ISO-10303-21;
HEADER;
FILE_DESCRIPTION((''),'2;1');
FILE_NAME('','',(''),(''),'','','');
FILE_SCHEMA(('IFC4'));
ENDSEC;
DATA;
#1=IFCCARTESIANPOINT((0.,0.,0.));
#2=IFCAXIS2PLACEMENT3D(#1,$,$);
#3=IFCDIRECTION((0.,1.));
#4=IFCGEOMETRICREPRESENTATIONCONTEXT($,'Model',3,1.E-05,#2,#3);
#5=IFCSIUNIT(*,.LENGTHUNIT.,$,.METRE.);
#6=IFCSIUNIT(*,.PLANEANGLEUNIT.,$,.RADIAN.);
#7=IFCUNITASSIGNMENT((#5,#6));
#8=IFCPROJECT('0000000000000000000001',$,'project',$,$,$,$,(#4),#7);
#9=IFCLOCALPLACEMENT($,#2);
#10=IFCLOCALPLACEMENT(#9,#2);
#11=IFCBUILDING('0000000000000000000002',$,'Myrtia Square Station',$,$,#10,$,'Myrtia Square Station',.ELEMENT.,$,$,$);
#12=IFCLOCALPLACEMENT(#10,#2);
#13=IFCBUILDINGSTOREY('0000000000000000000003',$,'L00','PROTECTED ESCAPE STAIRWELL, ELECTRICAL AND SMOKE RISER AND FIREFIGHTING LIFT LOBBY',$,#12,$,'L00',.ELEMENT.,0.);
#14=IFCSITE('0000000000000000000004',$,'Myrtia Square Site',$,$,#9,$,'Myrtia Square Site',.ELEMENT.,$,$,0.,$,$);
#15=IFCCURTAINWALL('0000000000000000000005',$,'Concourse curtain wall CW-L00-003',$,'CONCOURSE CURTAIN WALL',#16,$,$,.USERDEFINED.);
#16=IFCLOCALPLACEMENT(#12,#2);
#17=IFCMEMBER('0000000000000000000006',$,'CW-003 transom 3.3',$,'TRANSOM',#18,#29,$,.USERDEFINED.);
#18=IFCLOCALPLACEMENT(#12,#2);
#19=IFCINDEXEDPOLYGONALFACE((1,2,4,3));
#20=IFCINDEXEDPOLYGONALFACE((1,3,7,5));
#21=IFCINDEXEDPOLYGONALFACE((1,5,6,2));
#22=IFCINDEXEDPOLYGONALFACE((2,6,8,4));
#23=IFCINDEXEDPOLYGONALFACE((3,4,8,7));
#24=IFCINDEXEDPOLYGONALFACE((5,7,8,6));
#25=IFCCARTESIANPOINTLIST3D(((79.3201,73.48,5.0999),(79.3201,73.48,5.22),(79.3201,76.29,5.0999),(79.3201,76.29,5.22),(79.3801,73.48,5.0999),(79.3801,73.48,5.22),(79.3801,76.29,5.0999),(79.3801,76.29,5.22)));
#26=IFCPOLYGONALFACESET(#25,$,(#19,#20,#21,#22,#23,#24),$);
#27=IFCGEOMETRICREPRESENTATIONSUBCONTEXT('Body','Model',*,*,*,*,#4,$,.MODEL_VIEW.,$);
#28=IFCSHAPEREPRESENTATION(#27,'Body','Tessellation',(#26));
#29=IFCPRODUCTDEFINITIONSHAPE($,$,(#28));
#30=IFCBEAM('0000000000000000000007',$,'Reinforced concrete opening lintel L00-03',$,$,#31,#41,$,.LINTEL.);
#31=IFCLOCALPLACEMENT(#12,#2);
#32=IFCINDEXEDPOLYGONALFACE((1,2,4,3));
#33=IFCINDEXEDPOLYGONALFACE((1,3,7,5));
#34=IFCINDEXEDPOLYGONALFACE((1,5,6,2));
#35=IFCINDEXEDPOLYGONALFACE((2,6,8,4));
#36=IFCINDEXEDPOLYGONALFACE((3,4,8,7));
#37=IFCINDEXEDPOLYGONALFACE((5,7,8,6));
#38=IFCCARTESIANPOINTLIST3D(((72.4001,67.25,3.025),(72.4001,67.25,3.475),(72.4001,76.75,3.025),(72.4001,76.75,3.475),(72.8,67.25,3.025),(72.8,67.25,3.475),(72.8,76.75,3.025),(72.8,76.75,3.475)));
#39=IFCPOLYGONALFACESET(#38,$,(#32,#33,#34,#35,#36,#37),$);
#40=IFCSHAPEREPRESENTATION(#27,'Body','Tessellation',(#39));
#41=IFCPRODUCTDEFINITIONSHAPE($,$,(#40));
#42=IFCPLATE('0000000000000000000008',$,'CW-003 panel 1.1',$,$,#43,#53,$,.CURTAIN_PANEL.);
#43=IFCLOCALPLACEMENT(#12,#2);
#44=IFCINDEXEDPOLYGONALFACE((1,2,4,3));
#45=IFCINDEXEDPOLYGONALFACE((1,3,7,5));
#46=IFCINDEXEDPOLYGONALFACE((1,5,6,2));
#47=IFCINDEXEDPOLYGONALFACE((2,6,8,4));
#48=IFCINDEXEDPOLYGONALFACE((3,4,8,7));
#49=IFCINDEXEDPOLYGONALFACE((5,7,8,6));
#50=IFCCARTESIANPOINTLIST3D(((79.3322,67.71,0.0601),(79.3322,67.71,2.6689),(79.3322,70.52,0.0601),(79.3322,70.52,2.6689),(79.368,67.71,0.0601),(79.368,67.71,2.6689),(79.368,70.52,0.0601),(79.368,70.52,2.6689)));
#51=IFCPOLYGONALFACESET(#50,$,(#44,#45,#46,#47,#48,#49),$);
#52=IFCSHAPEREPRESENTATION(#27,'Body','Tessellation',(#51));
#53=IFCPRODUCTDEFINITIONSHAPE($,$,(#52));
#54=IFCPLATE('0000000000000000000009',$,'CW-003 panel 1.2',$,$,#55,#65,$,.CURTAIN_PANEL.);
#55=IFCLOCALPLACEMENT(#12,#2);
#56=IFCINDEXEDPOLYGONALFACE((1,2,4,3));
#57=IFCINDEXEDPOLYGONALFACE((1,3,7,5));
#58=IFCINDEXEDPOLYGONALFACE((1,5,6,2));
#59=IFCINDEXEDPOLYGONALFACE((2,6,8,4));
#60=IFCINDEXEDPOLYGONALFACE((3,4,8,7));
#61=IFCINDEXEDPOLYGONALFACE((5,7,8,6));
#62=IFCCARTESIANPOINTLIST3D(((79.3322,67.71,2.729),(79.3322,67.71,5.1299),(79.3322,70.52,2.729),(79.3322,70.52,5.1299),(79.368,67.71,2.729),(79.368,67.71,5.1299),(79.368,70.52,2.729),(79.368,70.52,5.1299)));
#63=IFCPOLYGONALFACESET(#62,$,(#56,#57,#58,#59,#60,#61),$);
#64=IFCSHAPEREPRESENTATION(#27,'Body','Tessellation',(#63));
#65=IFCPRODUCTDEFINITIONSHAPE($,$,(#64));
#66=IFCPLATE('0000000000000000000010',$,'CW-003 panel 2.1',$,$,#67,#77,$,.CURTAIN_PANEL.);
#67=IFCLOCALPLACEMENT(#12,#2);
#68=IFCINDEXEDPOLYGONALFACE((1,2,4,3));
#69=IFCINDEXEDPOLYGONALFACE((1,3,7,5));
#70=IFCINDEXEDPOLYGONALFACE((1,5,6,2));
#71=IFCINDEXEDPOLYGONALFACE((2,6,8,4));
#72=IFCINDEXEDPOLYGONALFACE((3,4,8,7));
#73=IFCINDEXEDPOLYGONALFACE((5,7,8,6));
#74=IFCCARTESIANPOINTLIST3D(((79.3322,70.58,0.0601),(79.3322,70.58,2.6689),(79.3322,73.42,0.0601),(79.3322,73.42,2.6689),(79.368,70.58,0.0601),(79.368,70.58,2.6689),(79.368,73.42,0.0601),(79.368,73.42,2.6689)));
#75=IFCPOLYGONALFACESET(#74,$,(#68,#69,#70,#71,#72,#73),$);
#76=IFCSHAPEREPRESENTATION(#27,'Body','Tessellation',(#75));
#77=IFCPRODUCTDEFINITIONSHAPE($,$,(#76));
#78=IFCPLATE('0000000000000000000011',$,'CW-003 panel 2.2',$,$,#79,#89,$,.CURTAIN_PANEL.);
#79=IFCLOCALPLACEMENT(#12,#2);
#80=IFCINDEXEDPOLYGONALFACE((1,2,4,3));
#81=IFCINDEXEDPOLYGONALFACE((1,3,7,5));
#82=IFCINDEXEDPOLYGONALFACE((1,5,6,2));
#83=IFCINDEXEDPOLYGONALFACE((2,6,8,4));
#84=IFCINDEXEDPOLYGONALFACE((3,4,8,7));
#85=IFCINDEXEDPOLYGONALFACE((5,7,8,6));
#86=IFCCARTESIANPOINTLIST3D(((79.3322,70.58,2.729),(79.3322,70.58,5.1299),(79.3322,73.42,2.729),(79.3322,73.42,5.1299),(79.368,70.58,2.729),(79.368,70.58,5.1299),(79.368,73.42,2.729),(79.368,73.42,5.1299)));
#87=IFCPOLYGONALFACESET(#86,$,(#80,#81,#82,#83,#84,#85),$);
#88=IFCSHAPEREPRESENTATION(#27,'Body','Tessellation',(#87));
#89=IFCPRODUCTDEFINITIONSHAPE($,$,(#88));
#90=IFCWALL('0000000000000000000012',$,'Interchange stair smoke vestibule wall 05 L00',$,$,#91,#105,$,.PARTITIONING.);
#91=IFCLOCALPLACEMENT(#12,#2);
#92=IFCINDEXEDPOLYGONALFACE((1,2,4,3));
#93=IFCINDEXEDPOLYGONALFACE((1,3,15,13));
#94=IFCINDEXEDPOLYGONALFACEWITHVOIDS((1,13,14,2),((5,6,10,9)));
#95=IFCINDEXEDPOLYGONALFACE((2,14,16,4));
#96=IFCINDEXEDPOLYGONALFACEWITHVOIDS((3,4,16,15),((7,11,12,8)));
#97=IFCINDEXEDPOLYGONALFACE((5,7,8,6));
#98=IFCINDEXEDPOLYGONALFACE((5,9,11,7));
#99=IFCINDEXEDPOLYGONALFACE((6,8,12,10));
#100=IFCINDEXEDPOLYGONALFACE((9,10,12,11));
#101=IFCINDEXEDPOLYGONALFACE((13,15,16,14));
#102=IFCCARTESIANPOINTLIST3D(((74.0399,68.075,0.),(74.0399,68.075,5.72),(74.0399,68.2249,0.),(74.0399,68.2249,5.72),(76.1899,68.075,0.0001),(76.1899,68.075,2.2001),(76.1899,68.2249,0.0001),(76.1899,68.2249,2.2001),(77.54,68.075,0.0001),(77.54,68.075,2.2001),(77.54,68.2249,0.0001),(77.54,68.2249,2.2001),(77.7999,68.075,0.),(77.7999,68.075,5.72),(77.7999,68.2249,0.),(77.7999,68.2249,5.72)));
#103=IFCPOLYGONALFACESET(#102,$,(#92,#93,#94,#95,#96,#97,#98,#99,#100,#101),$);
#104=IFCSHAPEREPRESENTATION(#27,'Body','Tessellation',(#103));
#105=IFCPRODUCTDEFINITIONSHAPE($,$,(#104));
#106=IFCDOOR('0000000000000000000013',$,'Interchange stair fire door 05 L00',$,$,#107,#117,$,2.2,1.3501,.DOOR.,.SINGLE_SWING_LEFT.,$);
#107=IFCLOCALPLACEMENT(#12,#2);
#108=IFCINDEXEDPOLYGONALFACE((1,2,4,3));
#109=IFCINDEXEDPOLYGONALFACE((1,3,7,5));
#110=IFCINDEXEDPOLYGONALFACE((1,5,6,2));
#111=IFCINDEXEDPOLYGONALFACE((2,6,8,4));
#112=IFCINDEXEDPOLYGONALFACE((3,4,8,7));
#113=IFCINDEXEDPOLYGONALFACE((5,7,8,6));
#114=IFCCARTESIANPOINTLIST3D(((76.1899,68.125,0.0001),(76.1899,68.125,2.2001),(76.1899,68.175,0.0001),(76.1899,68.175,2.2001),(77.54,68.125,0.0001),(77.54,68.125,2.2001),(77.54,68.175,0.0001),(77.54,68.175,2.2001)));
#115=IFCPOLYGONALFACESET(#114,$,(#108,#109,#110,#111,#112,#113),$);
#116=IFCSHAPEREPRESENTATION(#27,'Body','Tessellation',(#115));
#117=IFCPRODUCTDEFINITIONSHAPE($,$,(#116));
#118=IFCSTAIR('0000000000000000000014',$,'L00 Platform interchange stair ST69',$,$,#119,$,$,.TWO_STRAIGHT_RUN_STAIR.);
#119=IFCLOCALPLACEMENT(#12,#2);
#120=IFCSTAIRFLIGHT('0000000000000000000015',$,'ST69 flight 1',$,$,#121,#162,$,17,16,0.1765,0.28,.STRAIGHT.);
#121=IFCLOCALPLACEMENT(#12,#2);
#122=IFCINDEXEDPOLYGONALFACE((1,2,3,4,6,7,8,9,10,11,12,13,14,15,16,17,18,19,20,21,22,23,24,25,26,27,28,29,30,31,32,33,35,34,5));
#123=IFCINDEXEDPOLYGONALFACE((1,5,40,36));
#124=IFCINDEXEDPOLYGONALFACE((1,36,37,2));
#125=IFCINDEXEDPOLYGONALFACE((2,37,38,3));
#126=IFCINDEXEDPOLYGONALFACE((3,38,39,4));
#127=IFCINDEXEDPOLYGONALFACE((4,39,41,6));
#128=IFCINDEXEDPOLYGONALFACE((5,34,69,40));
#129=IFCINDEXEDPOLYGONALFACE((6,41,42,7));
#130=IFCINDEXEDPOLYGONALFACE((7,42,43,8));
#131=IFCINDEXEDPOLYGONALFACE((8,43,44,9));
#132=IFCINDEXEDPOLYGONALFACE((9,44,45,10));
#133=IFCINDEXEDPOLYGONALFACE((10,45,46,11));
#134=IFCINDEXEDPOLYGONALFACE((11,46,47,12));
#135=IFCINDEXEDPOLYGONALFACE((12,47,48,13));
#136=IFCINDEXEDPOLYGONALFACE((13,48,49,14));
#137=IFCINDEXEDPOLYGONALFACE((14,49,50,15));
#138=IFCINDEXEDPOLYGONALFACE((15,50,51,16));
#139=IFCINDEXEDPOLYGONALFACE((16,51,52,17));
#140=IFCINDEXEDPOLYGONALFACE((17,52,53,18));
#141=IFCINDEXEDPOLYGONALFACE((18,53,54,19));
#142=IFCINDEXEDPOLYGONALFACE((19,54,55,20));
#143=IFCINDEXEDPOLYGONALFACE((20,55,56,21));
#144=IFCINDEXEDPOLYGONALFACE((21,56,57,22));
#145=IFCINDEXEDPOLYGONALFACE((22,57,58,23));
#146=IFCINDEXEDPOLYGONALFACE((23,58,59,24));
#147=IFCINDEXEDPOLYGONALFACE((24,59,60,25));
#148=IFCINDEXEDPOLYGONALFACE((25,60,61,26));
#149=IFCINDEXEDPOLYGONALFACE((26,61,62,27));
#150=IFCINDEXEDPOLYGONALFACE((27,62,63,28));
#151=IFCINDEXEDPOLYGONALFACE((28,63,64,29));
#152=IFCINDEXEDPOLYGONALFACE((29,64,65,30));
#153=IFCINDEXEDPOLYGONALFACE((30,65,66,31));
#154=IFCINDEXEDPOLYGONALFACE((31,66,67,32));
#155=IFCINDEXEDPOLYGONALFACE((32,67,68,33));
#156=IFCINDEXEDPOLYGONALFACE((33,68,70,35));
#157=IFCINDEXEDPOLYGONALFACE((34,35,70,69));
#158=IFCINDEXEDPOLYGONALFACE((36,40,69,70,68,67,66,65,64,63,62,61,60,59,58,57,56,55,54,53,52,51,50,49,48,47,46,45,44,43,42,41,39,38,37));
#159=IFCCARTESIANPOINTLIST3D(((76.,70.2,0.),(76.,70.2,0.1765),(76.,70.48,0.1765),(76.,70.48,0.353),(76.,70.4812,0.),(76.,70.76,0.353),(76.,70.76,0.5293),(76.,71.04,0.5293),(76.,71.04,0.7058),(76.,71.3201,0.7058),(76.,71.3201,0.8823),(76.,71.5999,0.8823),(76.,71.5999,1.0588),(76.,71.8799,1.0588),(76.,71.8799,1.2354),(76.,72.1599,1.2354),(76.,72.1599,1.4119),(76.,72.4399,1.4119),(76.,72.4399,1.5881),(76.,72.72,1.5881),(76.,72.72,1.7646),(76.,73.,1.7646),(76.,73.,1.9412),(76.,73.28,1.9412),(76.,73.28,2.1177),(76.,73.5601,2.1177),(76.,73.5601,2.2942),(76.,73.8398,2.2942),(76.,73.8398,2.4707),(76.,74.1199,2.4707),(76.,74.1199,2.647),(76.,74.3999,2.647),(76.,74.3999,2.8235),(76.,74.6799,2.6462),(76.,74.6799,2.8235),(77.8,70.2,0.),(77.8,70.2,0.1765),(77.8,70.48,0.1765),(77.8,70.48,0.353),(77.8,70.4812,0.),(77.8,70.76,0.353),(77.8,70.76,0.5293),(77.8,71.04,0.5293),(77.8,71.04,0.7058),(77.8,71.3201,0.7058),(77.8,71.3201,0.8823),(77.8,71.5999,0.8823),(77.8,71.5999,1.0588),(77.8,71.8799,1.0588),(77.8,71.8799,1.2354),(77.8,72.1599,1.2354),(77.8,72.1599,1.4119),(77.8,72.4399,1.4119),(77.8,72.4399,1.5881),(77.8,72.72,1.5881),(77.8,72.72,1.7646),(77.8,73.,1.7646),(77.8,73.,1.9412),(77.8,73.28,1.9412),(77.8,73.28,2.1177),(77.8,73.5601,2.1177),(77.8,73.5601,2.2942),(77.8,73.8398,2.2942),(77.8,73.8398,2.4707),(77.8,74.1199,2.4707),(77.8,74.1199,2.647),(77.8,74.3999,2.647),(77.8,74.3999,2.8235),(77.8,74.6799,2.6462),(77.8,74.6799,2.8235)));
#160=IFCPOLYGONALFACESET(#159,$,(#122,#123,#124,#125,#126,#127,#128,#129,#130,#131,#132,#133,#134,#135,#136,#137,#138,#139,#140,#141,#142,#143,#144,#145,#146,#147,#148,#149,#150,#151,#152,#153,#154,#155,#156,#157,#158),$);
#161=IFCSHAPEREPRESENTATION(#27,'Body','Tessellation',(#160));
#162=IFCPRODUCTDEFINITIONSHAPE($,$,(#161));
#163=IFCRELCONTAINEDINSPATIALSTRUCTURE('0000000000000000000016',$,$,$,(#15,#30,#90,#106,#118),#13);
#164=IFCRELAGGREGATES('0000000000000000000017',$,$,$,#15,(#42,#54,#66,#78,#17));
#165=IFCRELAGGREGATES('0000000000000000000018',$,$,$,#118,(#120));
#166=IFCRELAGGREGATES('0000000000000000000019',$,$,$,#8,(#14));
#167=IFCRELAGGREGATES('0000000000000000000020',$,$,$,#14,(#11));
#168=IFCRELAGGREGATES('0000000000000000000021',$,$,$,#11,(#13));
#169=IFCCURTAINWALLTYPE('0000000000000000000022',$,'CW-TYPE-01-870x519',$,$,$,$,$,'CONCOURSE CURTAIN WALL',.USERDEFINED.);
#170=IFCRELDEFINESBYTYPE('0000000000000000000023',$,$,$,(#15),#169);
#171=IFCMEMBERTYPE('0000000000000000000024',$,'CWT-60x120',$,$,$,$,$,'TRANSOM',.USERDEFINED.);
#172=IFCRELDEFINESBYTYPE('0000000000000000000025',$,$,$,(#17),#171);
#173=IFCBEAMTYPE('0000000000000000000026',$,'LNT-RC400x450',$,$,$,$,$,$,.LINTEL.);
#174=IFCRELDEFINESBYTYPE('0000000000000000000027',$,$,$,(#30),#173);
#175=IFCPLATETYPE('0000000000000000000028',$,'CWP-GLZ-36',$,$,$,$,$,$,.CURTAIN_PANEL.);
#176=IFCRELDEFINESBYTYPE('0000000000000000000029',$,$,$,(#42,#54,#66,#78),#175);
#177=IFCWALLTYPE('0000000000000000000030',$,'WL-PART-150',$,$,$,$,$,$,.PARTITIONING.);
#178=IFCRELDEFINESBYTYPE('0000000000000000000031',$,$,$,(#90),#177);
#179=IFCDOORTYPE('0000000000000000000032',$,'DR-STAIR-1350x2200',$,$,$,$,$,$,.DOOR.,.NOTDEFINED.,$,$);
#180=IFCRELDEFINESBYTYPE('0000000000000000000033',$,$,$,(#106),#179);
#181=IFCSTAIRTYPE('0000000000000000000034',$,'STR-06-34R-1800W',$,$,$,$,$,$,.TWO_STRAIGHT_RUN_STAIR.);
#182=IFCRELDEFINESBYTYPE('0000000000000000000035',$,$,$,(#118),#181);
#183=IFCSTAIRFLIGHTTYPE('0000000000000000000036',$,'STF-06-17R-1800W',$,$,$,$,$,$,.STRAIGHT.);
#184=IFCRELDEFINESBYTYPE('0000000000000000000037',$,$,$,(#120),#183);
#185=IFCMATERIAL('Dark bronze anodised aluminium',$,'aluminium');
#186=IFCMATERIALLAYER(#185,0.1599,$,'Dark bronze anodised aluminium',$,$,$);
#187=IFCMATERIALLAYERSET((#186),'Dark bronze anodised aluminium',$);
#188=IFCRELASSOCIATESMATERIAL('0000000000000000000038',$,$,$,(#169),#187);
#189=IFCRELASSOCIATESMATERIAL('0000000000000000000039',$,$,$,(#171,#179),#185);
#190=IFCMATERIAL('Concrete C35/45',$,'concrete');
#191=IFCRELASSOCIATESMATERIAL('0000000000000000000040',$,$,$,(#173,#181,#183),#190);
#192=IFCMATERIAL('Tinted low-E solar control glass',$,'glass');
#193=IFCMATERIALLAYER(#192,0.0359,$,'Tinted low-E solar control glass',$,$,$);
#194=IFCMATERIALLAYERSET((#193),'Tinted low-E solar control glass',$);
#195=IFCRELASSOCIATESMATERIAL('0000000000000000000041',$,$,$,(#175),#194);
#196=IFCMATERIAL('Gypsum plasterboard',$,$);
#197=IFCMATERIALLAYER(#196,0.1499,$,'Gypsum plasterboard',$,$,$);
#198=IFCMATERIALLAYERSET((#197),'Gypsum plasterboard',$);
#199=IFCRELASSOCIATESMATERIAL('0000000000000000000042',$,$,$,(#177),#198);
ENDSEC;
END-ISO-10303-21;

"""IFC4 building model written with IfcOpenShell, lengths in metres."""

from ifc_helpers import new_model, si_unit, direction, frame, frame_2d, origin, origin_2d, place, context, subcontext, project, spatial, polyline, rectangle, outline, extrude, material, layer, layer_set, material_profile, profile_set, type_object, element, fill, aggregate, save


model = new_model("IFC4")

# Units and contexts
model_context = context("Model", 3, precision=1e-05, world=origin(), true_north=direction((0.0, 1.0)))
body_context = subcontext(model_context, "Body", "Model", "MODEL_VIEW")
ifc_project = project(units=[si_unit("LENGTHUNIT", "METRE"), si_unit("PLANEANGLEUNIT", "RADIAN")], contexts=[model_context])

# Site, building, storey
site_placement = place(None, origin())
site = spatial("IfcSite", under=ifc_project, at=site_placement, Name="Myrtia Square Site", LongName="Myrtia Square Site", CompositionType="ELEMENT", RefElevation=0.0)
building_placement = place(site_placement, origin())
building = spatial("IfcBuilding", under=site, at=building_placement, Name="Myrtia Square Station", LongName="Myrtia Square Station", CompositionType="ELEMENT")
storey_placement = place(building_placement, origin())
storey = spatial("IfcBuildingStorey", under=building, at=storey_placement, Name="L00", Description="PROTECTED ESCAPE STAIRWELL, ELECTRICAL AND SMOKE RISER AND FIREFIGHTING LIFT LOBBY", LongName="L00", CompositionType="ELEMENT", Elevation=0.0)

# Curtain wall, member
ifc_material_1 = material(Name="Dark bronze anodised aluminium", Category="aluminium")
ifc_layer_1 = layer(ifc_material_1, 0.1599, Name="Dark bronze anodised aluminium")
ifc_layer_set_1 = layer_set([ifc_layer_1], Name="Dark bronze anodised aluminium")
curtain_wall_type = type_object("IfcCurtainWallType", Name="CW-TYPE-01-870x519", ElementType="CONCOURSE CURTAIN WALL", PredefinedType="USERDEFINED", material=ifc_layer_set_1)
curtain_wall_placement = place(storey_placement, origin())
curtain_wall = element("IfcCurtainWall", 1, at=curtain_wall_placement, inside=storey, type_object=curtain_wall_type, Name="Concourse curtain wall CW-L00-003", ObjectType="CONCOURSE CURTAIN WALL", PredefinedType="USERDEFINED")
ifc_material_profile_1 = material_profile(ifc_material_1, rectangle(XDim=0.0601, YDim=0.1201, at=origin_2d()), Name="ALU-T 60x120")
ifc_profile_set_1 = profile_set([ifc_material_profile_1], Name="Dark bronze anodised aluminium")
member_type_1 = type_object("IfcMemberType", Name="CWT-60x120", ElementType="TRANSOM", PredefinedType="USERDEFINED", material=ifc_profile_set_1)
member_1_placement = place(storey_placement, frame((79.3501, 73.48, 5.1599), z_axis=(0.0, 1.0, 0.0), x_axis=(-1.0, 0.0, 0.0)))
member_1 = element("IfcMember", 2, at=member_1_placement, type_object=member_type_1, Name="CW-003 transom 3.3", ObjectType="TRANSOM", PredefinedType="USERDEFINED", context=body_context, shape_type="SweptSolid", body=[
    extrude(rectangle(XDim=0.0601, YDim=0.1201, at=origin_2d()), origin(), (0.0, 0.0, 1.0), 2.8101),
])

# Beam
ifc_material_2 = material(Name="Concrete C35/45", Category="concrete")
ifc_material_profile_2 = material_profile(ifc_material_2, rectangle(XDim=0.3999, YDim=0.45, at=origin_2d()), Name="LNT 400x450")
ifc_profile_set_2 = profile_set([ifc_material_profile_2], Name="Concrete C35/45")
beam_type_1 = type_object("IfcBeamType", Name="LNT-RC400x450", PredefinedType="LINTEL", material=ifc_profile_set_2)
beam_1_placement = place(storey_placement, frame((72.6001, 67.25, 3.25), z_axis=(0.0, 1.0, 0.0), x_axis=(-1.0, 0.0, 0.0)))
element("IfcBeam", 3, at=beam_1_placement, inside=storey, type_object=beam_type_1, Name="Reinforced concrete opening lintel L00-03", PredefinedType="LINTEL", context=body_context, shape_type="SweptSolid", body=[
    extrude(rectangle(XDim=0.3999, YDim=0.45, at=origin_2d()), origin(), (0.0, 0.0, 1.0), 9.5),
])

# Plates
ifc_material_3 = material(Name="Tinted low-E solar control glass", Category="glass")
ifc_layer_2 = layer(ifc_material_3, 0.0359, Name="Tinted low-E solar control glass")
ifc_layer_set_2 = layer_set([ifc_layer_2], Name="Tinted low-E solar control glass")
plate_type = type_object("IfcPlateType", Name="CWP-GLZ-36", PredefinedType="CURTAIN_PANEL", material=ifc_layer_set_2)
plate_1_placement = place(storey_placement, frame((79.3501, 69.115, 0.0601), z_axis=(0.0, 0.0, 1.0), x_axis=(0.0, 1.0, 0.0)))
plate_1 = element("IfcPlate", 4, at=plate_1_placement, type_object=plate_type, Name="CW-003 panel 1.1", PredefinedType="CURTAIN_PANEL", context=body_context, shape_type="SweptSolid", body=[
    extrude(rectangle(XDim=2.8101, YDim=0.0359, at=origin_2d()), origin(), (0.0, 0.0, 1.0), 2.6089),
])
plate_2_placement = place(storey_placement, frame((79.3501, 69.115, 2.729), z_axis=(0.0, 0.0, 1.0), x_axis=(0.0, 1.0, 0.0)))
plate_2 = element("IfcPlate", 5, at=plate_2_placement, type_object=plate_type, Name="CW-003 panel 1.2", PredefinedType="CURTAIN_PANEL", context=body_context, shape_type="SweptSolid", body=[
    extrude(rectangle(XDim=2.8101, YDim=0.0359, at=origin_2d()), origin(), (0.0, 0.0, 1.0), 2.4009),
])
plate_3_placement = place(storey_placement, frame((79.3501, 72.0, 0.0601), z_axis=(0.0, 0.0, 1.0), x_axis=(0.0, 1.0, 0.0)))
plate_3 = element("IfcPlate", 6, at=plate_3_placement, type_object=plate_type, Name="CW-003 panel 2.1", PredefinedType="CURTAIN_PANEL", context=body_context, shape_type="SweptSolid", body=[
    extrude(rectangle(XDim=2.8401, YDim=0.0359, at=origin_2d()), origin(), (0.0, 0.0, 1.0), 2.6089),
])
plate_4_placement = place(storey_placement, frame((79.3501, 72.0, 2.729), z_axis=(0.0, 0.0, 1.0), x_axis=(0.0, 1.0, 0.0)))
plate_4 = element("IfcPlate", 7, at=plate_4_placement, type_object=plate_type, Name="CW-003 panel 2.2", PredefinedType="CURTAIN_PANEL", context=body_context, shape_type="SweptSolid", body=[
    extrude(rectangle(XDim=2.8401, YDim=0.0359, at=origin_2d()), origin(), (0.0, 0.0, 1.0), 2.4009),
])
aggregate(curtain_wall, [plate_1, plate_2, plate_3, plate_4, member_1])

# Wall, opening, door
ifc_material_4 = material(Name="Gypsum plasterboard")
ifc_layer_3 = layer(ifc_material_4, 0.1499, Name="Gypsum plasterboard")
ifc_layer_set_3 = layer_set([ifc_layer_3], Name="Gypsum plasterboard")
wall_type = type_object("IfcWallType", Name="WL-PART-150", PredefinedType="PARTITIONING", material=ifc_layer_set_3)
wall_placement = place(storey_placement, frame((74.04, 68.1499, 0.0), z_axis=(0.0, 0.0, 1.0), x_axis=(1.0, 0.0, 0.0)))
wall = element("IfcWall", 8, at=wall_placement, inside=storey, type_object=wall_type, Name="Interchange stair smoke vestibule wall 05 L00", PredefinedType="PARTITIONING", context=body_context, shape_type="SweptSolid", body=[
    extrude(rectangle(XDim=3.76, YDim=0.1499, at=frame_2d((1.8799, 0.0))), origin(), (0.0, 0.0, 1.0), 5.72),
])
opening_placement = place(wall_placement, frame((2.1499, 0.0, 0.0)))
opening = element("IfcOpeningElement", 9, at=opening_placement, cuts=wall, PredefinedType="OPENING", context=body_context, shape_type="SweptSolid", body=[
    extrude(rectangle(XDim=1.3501, YDim=2.2, at=frame_2d((0.675, 1.1001))), frame((0.0, 0.0898, 0.0), z_axis=(0.0, -1.0, 0.0), x_axis=(1.0, 0.0, 0.0)), (0.0, 0.0, 1.0), 0.1799),
])
door_type = type_object("IfcDoorType", Name="DR-STAIR-1350x2200", OperationType="NOTDEFINED", PredefinedType="DOOR", material=ifc_material_1)
door_placement = place(opening_placement, frame((1.3501, 0.0, 0.0), z_axis=(0.0, 0.0, 1.0), x_axis=(-1.0, 0.0, 0.0)))
door = element("IfcDoor", 10, at=door_placement, inside=storey, type_object=door_type, Name="Interchange stair fire door 05 L00", OperationType="SINGLE_SWING_LEFT", OverallHeight=2.2, OverallWidth=1.3501, PredefinedType="DOOR", context=body_context, shape_type="SweptSolid", body=[
    extrude(rectangle(XDim=1.3501, YDim=2.2, at=frame_2d((0.675, 1.1001))), frame((0.0, 0.0249, 0.0), z_axis=(0.0, -1.0, 0.0), x_axis=(1.0, 0.0, 0.0)), (0.0, 0.0, 1.0), 0.05),
])
fill(opening, door)

# Stair, stair flight
stair_type = type_object("IfcStairType", Name="STR-06-34R-1800W", PredefinedType="TWO_STRAIGHT_RUN_STAIR", material=ifc_material_2)
stair_placement = place(storey_placement, origin())
stair = element("IfcStair", 11, at=stair_placement, inside=storey, type_object=stair_type, Name="L00 Platform interchange stair ST69", PredefinedType="TWO_STRAIGHT_RUN_STAIR")
stair_flight_type = type_object("IfcStairFlightType", Name="STF-06-17R-1800W", PredefinedType="STRAIGHT", material=ifc_material_2)
stair_flight_1_placement = place(storey_placement, frame((76.8999, 70.2, 0.0), z_axis=(0.0, 0.0, 1.0), x_axis=(0.0, 1.0, 0.0)))
stair_flight_1 = element("IfcStairFlight", 12, at=stair_flight_1_placement, type_object=stair_flight_type, Name="ST69 flight 1", NumberOfRisers=17, NumberOfTreads=16, PredefinedType="STRAIGHT", RiserHeight=0.1765, TreadLength=0.28, context=body_context, shape_type="SweptSolid", body=[
    extrude(outline(polyline([(0.0, 0.0), (0.0, 0.1765), (0.28, 0.1765), (0.28, 0.353), (0.5601, 0.353), (0.5601, 0.5293), (0.8401, 0.5293), (0.8401, 0.7058), (1.1201, 0.7058), (1.1201, 0.8823), (1.3999, 0.8823), (1.3999, 1.0588), (1.6799, 1.0588), (1.6799, 1.2354), (1.96, 1.2354), (1.96, 1.4119), (2.24, 1.4119), (2.24, 1.5881), (2.52, 1.5881), (2.52, 1.7646), (2.8, 1.7646), (2.8, 1.9412), (3.0801, 1.9412), (3.0801, 2.1177), (3.3601, 2.1177), (3.3601, 2.2942), (3.6399, 2.2942), (3.6399, 2.4707), (3.9199, 2.4707), (3.9199, 2.647), (4.2, 2.647), (4.2, 2.8235), (4.48, 2.8235), (4.48, 3.0), (4.48, 2.6462), (0.2812, 0.0), (0.0, 0.0)])), frame((0.0, 0.8999, 0.0), z_axis=(0.0, -1.0, 0.0), x_axis=(1.0, 0.0, 0.0)), (0.0, 0.0, 1.0), 1.8),
])
aggregate(stair, [stair_flight_1])

save(model, "model.ifc")
